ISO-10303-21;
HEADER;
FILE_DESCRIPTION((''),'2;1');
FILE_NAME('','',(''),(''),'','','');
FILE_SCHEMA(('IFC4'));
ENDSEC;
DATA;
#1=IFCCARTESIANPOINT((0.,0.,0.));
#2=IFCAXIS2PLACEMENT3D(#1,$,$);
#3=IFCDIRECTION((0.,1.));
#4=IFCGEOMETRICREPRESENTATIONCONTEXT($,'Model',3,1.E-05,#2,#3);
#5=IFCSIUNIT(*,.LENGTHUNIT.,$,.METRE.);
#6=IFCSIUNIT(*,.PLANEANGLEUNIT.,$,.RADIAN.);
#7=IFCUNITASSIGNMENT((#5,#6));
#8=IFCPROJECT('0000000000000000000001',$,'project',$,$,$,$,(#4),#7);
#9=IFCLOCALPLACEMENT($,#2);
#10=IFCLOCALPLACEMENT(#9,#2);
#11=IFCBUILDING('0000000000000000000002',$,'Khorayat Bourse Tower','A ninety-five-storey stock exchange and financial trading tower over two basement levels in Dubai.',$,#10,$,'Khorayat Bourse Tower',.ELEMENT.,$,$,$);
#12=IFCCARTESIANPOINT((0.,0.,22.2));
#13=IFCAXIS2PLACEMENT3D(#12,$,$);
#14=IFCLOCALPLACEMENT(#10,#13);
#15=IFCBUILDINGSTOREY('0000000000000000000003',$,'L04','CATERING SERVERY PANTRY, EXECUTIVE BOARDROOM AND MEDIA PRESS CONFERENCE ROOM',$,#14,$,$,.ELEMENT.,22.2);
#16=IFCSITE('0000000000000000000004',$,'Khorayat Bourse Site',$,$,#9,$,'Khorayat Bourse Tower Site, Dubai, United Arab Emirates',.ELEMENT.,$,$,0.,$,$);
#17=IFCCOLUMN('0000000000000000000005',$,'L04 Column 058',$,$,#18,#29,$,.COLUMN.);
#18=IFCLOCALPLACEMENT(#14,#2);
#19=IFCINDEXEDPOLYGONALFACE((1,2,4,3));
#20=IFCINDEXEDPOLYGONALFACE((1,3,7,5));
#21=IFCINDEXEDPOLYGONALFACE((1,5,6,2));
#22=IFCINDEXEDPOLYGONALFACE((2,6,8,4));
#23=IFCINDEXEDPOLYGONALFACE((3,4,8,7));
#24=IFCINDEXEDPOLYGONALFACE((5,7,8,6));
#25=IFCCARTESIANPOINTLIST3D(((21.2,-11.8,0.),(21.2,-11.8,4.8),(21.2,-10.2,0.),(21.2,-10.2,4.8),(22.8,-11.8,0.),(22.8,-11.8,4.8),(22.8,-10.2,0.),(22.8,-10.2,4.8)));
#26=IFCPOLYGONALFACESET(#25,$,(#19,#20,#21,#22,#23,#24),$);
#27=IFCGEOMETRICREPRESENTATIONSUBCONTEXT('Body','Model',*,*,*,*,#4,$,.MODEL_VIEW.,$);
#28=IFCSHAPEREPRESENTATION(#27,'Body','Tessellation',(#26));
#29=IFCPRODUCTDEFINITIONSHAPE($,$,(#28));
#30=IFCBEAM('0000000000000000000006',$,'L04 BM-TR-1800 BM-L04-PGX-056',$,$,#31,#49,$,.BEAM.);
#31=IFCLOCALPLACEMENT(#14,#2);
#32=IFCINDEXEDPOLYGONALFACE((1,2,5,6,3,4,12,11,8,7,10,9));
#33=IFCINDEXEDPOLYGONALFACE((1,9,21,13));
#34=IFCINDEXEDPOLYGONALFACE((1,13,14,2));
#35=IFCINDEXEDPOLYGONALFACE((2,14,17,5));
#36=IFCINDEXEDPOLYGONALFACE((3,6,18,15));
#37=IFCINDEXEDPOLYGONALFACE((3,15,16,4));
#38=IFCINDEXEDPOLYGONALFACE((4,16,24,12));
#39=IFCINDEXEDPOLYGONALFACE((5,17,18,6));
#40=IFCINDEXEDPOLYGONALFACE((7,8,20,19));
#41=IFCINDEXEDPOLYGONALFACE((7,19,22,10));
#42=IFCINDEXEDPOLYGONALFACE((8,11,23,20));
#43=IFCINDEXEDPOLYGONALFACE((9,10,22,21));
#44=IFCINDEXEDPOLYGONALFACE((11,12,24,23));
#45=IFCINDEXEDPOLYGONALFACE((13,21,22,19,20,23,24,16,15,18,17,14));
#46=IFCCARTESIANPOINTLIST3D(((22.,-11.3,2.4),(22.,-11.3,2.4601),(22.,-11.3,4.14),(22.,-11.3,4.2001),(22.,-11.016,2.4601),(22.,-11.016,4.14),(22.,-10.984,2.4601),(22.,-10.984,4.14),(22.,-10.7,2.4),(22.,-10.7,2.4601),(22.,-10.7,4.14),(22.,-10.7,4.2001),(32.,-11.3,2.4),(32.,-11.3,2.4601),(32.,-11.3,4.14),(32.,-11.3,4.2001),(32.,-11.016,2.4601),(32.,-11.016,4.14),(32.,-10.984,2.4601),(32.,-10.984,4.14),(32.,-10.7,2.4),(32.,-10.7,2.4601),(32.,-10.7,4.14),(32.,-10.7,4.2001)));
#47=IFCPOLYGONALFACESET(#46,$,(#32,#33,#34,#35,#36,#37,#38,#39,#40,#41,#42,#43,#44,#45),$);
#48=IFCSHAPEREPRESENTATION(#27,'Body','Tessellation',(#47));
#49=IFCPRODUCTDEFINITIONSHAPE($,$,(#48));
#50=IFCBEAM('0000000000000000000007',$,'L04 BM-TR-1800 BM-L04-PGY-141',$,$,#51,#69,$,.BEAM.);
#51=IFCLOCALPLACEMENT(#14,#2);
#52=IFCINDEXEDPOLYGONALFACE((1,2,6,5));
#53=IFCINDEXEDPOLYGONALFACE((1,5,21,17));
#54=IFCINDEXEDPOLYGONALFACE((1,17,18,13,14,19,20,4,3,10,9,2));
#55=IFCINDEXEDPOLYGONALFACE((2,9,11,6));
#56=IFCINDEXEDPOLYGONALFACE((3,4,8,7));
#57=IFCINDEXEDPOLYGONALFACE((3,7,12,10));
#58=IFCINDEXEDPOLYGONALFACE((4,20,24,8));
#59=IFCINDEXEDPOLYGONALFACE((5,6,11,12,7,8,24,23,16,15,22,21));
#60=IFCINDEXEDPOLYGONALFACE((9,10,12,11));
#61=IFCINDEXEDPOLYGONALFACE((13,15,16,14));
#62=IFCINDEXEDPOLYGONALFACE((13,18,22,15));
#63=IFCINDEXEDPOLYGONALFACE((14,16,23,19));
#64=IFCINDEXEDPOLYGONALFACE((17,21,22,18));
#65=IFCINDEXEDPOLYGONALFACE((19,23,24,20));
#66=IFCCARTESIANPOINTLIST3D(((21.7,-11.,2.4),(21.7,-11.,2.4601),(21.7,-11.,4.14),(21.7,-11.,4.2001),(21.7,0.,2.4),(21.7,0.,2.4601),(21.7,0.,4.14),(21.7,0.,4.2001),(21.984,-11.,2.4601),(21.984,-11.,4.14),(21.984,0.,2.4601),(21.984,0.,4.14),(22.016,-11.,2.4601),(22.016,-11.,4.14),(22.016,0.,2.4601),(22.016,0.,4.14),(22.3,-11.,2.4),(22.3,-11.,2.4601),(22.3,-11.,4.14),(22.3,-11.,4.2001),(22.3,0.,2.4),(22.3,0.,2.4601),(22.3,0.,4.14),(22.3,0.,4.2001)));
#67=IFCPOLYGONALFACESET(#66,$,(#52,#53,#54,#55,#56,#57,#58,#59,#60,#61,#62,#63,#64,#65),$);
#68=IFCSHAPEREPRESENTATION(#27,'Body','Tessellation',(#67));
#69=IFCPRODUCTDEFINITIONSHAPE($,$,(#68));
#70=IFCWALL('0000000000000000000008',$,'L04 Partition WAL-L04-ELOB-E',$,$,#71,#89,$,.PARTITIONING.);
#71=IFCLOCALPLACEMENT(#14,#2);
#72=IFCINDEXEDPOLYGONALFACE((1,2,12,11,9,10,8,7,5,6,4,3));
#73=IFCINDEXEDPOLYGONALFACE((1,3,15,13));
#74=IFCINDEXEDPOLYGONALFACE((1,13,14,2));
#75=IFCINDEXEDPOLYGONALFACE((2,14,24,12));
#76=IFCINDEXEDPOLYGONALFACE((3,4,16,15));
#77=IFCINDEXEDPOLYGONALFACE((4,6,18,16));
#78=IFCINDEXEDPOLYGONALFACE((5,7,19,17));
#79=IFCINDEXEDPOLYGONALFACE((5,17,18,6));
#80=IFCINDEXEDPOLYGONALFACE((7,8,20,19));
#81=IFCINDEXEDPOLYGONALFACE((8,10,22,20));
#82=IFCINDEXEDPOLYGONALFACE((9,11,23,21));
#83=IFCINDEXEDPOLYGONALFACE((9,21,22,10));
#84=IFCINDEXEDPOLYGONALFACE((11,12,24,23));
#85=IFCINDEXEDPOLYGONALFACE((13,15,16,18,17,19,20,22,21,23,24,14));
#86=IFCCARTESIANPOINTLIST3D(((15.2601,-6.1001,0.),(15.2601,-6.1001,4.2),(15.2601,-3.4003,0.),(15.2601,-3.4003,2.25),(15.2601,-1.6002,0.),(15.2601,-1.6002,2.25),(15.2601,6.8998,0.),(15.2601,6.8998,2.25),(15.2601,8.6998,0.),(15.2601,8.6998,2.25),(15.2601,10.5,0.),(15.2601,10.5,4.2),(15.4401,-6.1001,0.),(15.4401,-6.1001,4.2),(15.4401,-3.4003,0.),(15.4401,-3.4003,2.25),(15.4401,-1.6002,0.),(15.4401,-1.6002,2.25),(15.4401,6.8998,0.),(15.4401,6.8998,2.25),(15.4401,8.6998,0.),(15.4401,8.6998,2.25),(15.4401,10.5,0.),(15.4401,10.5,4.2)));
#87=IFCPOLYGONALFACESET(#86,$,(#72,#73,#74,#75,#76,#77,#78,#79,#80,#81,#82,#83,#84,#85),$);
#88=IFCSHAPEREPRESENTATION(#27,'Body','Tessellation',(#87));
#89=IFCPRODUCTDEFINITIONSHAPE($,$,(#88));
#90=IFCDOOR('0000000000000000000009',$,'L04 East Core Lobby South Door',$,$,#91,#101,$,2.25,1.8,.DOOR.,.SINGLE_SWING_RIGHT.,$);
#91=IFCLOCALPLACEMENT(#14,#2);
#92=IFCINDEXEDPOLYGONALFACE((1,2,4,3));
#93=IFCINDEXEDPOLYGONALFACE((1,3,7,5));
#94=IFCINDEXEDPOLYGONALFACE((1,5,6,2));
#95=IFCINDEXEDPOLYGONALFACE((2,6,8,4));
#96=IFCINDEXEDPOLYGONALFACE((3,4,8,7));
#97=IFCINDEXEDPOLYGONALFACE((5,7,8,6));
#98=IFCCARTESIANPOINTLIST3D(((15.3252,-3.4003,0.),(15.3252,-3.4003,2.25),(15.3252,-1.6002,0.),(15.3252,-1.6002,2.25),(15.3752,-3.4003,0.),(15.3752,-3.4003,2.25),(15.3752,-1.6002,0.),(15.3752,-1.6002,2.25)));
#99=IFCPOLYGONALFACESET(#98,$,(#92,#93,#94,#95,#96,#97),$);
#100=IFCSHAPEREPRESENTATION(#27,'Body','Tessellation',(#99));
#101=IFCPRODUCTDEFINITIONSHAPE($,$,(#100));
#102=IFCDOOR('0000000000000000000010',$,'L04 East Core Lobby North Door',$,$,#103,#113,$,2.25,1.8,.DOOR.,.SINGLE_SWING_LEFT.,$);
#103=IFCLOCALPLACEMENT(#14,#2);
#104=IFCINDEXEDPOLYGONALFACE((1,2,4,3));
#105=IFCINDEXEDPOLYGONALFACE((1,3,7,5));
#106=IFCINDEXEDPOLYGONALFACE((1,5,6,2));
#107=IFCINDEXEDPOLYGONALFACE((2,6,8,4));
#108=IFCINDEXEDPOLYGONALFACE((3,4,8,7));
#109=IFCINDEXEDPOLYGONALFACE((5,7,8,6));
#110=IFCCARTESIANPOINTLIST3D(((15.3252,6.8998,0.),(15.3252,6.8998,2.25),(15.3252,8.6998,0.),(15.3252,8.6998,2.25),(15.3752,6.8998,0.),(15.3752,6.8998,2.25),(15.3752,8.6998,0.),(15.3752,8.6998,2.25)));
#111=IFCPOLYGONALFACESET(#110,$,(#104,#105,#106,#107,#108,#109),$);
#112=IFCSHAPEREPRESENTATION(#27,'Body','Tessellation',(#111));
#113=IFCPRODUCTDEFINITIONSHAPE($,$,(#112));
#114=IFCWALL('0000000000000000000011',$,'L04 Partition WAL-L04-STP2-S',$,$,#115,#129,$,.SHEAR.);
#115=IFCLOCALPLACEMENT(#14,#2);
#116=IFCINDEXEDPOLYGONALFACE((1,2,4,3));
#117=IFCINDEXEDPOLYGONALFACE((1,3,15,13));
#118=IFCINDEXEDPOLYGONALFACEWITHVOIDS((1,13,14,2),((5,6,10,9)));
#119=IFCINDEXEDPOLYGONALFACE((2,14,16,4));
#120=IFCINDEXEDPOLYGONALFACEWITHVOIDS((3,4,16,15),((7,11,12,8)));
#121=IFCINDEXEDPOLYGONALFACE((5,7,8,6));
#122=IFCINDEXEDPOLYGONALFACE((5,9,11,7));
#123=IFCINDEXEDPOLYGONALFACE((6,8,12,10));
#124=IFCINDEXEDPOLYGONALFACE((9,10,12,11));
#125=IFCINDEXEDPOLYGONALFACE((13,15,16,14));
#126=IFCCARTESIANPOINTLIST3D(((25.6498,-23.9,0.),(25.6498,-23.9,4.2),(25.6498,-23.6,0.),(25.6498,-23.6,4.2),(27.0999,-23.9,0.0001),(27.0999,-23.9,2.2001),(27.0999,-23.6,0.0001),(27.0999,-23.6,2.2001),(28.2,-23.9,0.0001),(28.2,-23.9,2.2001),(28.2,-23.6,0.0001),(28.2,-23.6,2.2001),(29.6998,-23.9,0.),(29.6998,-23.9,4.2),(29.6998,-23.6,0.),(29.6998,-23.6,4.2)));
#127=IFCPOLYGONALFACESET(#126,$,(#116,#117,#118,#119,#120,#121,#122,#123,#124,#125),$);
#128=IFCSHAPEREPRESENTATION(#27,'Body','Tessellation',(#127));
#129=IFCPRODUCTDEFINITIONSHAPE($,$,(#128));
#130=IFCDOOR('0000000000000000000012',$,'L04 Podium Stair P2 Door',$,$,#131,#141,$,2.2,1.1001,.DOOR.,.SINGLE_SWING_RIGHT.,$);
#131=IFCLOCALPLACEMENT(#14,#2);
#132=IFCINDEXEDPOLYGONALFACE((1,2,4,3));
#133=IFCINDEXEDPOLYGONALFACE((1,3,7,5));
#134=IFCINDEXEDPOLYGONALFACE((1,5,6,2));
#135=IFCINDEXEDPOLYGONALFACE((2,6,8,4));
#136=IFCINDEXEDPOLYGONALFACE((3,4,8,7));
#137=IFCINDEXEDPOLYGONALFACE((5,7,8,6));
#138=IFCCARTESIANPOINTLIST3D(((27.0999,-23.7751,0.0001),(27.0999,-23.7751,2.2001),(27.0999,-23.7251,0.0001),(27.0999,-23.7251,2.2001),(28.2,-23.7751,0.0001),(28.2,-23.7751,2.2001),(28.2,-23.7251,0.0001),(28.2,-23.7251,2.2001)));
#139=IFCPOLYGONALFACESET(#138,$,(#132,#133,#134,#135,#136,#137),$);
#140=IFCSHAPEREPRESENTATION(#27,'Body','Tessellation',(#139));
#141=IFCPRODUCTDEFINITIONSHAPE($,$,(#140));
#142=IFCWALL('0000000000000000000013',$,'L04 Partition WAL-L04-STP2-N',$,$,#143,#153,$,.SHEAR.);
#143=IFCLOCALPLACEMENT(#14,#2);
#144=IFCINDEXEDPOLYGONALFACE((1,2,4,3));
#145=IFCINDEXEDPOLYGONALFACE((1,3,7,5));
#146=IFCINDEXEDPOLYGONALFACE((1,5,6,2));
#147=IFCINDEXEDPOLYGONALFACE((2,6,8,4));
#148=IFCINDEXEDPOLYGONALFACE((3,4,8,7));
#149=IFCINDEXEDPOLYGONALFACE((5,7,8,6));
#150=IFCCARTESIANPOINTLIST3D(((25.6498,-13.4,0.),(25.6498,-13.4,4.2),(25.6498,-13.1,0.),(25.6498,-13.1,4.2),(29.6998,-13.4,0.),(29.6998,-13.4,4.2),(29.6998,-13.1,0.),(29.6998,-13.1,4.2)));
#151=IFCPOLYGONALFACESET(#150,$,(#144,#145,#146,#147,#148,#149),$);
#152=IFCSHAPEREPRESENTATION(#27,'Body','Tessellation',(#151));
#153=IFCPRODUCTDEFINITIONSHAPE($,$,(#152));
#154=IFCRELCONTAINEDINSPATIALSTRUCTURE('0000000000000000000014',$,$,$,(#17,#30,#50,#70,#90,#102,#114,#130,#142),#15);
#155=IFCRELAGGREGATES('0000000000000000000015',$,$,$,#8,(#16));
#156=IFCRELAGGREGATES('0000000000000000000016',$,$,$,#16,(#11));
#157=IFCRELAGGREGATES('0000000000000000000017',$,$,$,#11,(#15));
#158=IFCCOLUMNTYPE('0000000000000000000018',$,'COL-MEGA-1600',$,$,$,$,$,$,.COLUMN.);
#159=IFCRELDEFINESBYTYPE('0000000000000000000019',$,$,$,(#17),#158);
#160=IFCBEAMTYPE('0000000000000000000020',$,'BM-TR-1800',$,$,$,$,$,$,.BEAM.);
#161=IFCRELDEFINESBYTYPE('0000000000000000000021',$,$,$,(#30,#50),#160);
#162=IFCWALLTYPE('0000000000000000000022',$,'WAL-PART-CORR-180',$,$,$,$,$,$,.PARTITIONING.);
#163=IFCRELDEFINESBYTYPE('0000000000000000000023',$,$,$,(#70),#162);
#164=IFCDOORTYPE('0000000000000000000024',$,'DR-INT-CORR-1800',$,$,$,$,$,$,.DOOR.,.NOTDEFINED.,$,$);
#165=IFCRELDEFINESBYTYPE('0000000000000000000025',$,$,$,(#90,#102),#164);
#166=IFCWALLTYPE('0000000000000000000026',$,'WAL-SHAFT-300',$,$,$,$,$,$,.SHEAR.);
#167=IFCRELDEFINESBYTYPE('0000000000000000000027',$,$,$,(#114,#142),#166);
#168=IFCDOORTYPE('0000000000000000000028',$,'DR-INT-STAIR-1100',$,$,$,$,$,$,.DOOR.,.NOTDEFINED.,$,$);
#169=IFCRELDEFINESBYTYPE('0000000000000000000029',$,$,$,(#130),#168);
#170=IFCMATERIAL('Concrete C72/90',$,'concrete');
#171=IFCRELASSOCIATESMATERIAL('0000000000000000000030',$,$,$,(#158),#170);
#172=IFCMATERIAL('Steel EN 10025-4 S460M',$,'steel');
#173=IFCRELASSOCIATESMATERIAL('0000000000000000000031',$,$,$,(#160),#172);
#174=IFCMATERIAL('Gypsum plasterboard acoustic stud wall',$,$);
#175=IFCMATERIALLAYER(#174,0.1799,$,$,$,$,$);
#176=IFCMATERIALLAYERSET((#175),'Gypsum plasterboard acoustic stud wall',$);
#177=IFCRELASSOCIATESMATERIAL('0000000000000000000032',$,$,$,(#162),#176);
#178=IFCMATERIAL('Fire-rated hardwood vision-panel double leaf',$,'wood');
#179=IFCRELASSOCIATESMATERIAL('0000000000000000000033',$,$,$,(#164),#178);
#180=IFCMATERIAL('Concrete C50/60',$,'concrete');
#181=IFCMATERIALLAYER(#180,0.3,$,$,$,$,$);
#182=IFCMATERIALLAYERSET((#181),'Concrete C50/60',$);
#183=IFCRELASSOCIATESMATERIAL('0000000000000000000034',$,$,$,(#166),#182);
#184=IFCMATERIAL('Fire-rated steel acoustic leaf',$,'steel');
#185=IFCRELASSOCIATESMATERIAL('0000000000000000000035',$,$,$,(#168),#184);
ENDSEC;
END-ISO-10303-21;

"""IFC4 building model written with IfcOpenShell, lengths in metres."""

from ifc_helpers import new_model, si_unit, direction, frame, frame_2d, origin, origin_2d, place, context, subcontext, project, spatial, rectangle, i_section, extrude, source, transform, mapped, material, layer, layer_set, material_profile, profile_set, type_object, element, fill, save


model = new_model("IFC4")

# Units and contexts
model_context = context("Model", 3, precision=1e-05, world=origin(), true_north=direction((0.0, 1.0)))
body_context = subcontext(model_context, "Body", "Model", "MODEL_VIEW")
ifc_project = project(units=[si_unit("LENGTHUNIT", "METRE"), si_unit("PLANEANGLEUNIT", "RADIAN")], contexts=[model_context])

# Site, building, storey
site_placement = place(None, origin())
site = spatial("IfcSite", under=ifc_project, at=site_placement, Name="Khorayat Bourse Site", LongName="Khorayat Bourse Tower Site, Dubai, United Arab Emirates", CompositionType="ELEMENT", RefElevation=0.0)
building_placement = place(site_placement, origin())
building = spatial("IfcBuilding", under=site, at=building_placement, Name="Khorayat Bourse Tower", Description="A ninety-five-storey stock exchange and financial trading tower over two basement levels in Dubai.", LongName="Khorayat Bourse Tower", CompositionType="ELEMENT")
storey_placement = place(building_placement, frame((0.0, 0.0, 22.2)))
storey = spatial("IfcBuildingStorey", under=building, at=storey_placement, Name="L04", Description="CATERING SERVERY PANTRY, EXECUTIVE BOARDROOM AND MEDIA PRESS CONFERENCE ROOM", CompositionType="ELEMENT", Elevation=22.2)

# Column
ifc_material_1 = material(Name="Concrete C72/90", Category="concrete")
ifc_material_profile_1 = material_profile(ifc_material_1, rectangle(XDim=1.6001, YDim=1.6001, at=origin_2d()), Name="RC 1600x1600")
ifc_profile_set_1 = profile_set([ifc_material_profile_1], Name="Concrete C72/90")
column_type = type_object("IfcColumnType", Name="COL-MEGA-1600", PredefinedType="COLUMN", material=ifc_profile_set_1)
shared_shape_1 = source(origin(), body_context, "Body", "SweptSolid", [
    extrude(rectangle(XDim=1.6001, YDim=1.6001, at=origin_2d()), origin(), (0.0, 0.0, 1.0), 4.8),
])
column_placement = place(storey_placement, frame((22.0, -11.0, 0.0), z_axis=(0.0, 0.0, 1.0), x_axis=(1.0, 0.0, 0.0)))
element("IfcColumn", 1, at=column_placement, inside=storey, type_object=column_type, Name="L04 Column 058", PredefinedType="COLUMN", context=body_context, shape_type="MappedRepresentation", body=[
    mapped(shared_shape_1, transform((0.0, 0.0, 0.0), scale=1.0)),
])

# Beams
ifc_material_2 = material(Name="Steel EN 10025-4 S460M", Category="steel")
ifc_material_profile_2 = material_profile(ifc_material_2, i_section(OverallWidth=0.6001, OverallDepth=1.8, WebThickness=0.032, FlangeThickness=0.0601, at=origin_2d()), Name="PG 1800x600x32x60")
ifc_profile_set_2 = profile_set([ifc_material_profile_2], Name="Steel EN 10025-4 S460M")
beam_type = type_object("IfcBeamType", Name="BM-TR-1800", PredefinedType="BEAM", material=ifc_profile_set_2)
shared_shape_2 = source(origin(), body_context, "Body", "SweptSolid", [
    extrude(i_section(OverallWidth=0.6001, OverallDepth=1.8, WebThickness=0.032, FlangeThickness=0.0601, at=origin_2d()), origin(), (0.0, 0.0, 1.0), 10.0),
])
beam_1_placement = place(storey_placement, frame((22.0, -11.0, 3.3), z_axis=(1.0, 0.0, 0.0), x_axis=(0.0, 1.0, 0.0)))
element("IfcBeam", 2, at=beam_1_placement, inside=storey, type_object=beam_type, Name="L04 BM-TR-1800 BM-L04-PGX-056", PredefinedType="BEAM", context=body_context, shape_type="MappedRepresentation", body=[
    mapped(shared_shape_2, transform((0.0, 0.0, 0.0), scale=1.0)),
])
shared_shape_3 = source(origin(), body_context, "Body", "SweptSolid", [
    extrude(i_section(OverallWidth=0.6001, OverallDepth=1.8, WebThickness=0.032, FlangeThickness=0.0601, at=origin_2d()), origin(), (0.0, 0.0, 1.0), 11.0),
])
beam_2_placement = place(storey_placement, frame((22.0, -11.0, 3.3), z_axis=(0.0, 1.0, 0.0), x_axis=(-1.0, 0.0, 0.0)))
element("IfcBeam", 3, at=beam_2_placement, inside=storey, type_object=beam_type, Name="L04 BM-TR-1800 BM-L04-PGY-141", PredefinedType="BEAM", context=body_context, shape_type="MappedRepresentation", body=[
    mapped(shared_shape_3, transform((0.0, 0.0, 0.0), scale=1.0)),
])

# Wall, openings, doors
ifc_material_3 = material(Name="Gypsum plasterboard acoustic stud wall")
ifc_layer_1 = layer(ifc_material_3, 0.1799)
ifc_layer_set_1 = layer_set([ifc_layer_1], Name="Gypsum plasterboard acoustic stud wall")
wall_type_1 = type_object("IfcWallType", Name="WAL-PART-CORR-180", PredefinedType="PARTITIONING", material=ifc_layer_set_1)
shared_shape_4 = source(origin(), body_context, "Body", "SweptSolid", [
    extrude(rectangle(XDim=16.6001, YDim=0.1799, at=frame_2d((8.3, 0.0))), origin(), (0.0, 0.0, 1.0), 4.2),
])
wall_1_placement = place(storey_placement, frame((15.3501, -6.1001, 0.0), z_axis=(0.0, 0.0, 1.0), x_axis=(0.0, 1.0, 0.0)))
wall_1 = element("IfcWall", 4, at=wall_1_placement, inside=storey, type_object=wall_type_1, Name="L04 Partition WAL-L04-ELOB-E", PredefinedType="PARTITIONING", context=body_context, shape_type="MappedRepresentation", body=[
    mapped(shared_shape_4, transform((0.0, 0.0, 0.0), scale=1.0)),
])
shared_shape_5 = source(origin(), body_context, "Body", "SweptSolid", [
    extrude(rectangle(XDim=1.8, YDim=2.25, at=frame_2d((0.8999, 1.125))), frame((0.0, 0.0999, 0.0), z_axis=(0.0, -1.0, 0.0), x_axis=(1.0, 0.0, 0.0)), (0.0, 0.0, 1.0), 0.2),
])
opening_1_placement = place(wall_1_placement, frame((2.7, 0.0, 0.0)))
opening_1 = element("IfcOpeningElement", 5, at=opening_1_placement, cuts=wall_1, PredefinedType="OPENING", context=body_context, shape_type="MappedRepresentation", body=[
    mapped(shared_shape_5, transform((0.0, 0.0, 0.0), scale=1.0)),
])
opening_2_placement = place(wall_1_placement, frame((13.0, 0.0, 0.0)))
opening_2 = element("IfcOpeningElement", 6, at=opening_2_placement, cuts=wall_1, PredefinedType="OPENING", context=body_context, shape_type="MappedRepresentation", body=[
    mapped(shared_shape_5, transform((0.0, 0.0, 0.0), scale=1.0)),
])
ifc_material_4 = material(Name="Fire-rated hardwood vision-panel double leaf", Category="wood")
door_type_1 = type_object("IfcDoorType", Name="DR-INT-CORR-1800", OperationType="NOTDEFINED", PredefinedType="DOOR", material=ifc_material_4)
shared_shape_6 = source(origin(), body_context, "Body", "SweptSolid", [
    extrude(rectangle(XDim=1.8, YDim=2.25, at=frame_2d((0.8999, 1.125))), frame((0.0, 0.0249, 0.0), z_axis=(0.0, -1.0, 0.0), x_axis=(1.0, 0.0, 0.0)), (0.0, 0.0, 1.0), 0.05),
])
door_1_placement = place(opening_1_placement, origin())
door_1 = element("IfcDoor", 7, at=door_1_placement, inside=storey, type_object=door_type_1, Name="L04 East Core Lobby South Door", OperationType="SINGLE_SWING_RIGHT", OverallHeight=2.25, OverallWidth=1.8, PredefinedType="DOOR", context=body_context, shape_type="MappedRepresentation", body=[
    mapped(shared_shape_6, transform((0.0, 0.0, 0.0), scale=1.0)),
])
fill(opening_1, door_1)
door_2_placement = place(opening_2_placement, origin())
door_2 = element("IfcDoor", 8, at=door_2_placement, inside=storey, type_object=door_type_1, Name="L04 East Core Lobby North Door", OperationType="SINGLE_SWING_LEFT", OverallHeight=2.25, OverallWidth=1.8, PredefinedType="DOOR", context=body_context, shape_type="MappedRepresentation", body=[
    mapped(shared_shape_6, transform((0.0, 0.0, 0.0), scale=1.0)),
])
fill(opening_2, door_2)

# Wall, opening, door
ifc_material_5 = material(Name="Concrete C50/60", Category="concrete")
ifc_layer_2 = layer(ifc_material_5, 0.3)
ifc_layer_set_2 = layer_set([ifc_layer_2], Name="Concrete C50/60")
wall_type_2 = type_object("IfcWallType", Name="WAL-SHAFT-300", PredefinedType="SHEAR", material=ifc_layer_set_2)
shared_shape_7 = source(origin(), body_context, "Body", "SweptSolid", [
    extrude(rectangle(XDim=4.05, YDim=0.3, at=frame_2d((2.0249, 0.0))), origin(), (0.0, 0.0, 1.0), 4.2),
])
wall_2_placement = place(storey_placement, frame((25.6499, -23.75, 0.0), z_axis=(0.0, 0.0, 1.0), x_axis=(1.0, 0.0, 0.0)))
wall_2 = element("IfcWall", 9, at=wall_2_placement, inside=storey, type_object=wall_type_2, Name="L04 Partition WAL-L04-STP2-S", PredefinedType="SHEAR", context=body_context, shape_type="MappedRepresentation", body=[
    mapped(shared_shape_7, transform((0.0, 0.0, 0.0), scale=1.0)),
])
shared_shape_8 = source(origin(), body_context, "Body", "SweptSolid", [
    extrude(rectangle(XDim=1.1001, YDim=2.2, at=frame_2d((0.55, 1.1001))), frame((0.0, 0.1599, 0.0), z_axis=(0.0, -1.0, 0.0), x_axis=(1.0, 0.0, 0.0)), (0.0, 0.0, 1.0), 0.3201),
])
opening_3_placement = place(wall_2_placement, frame((1.45, 0.0, 0.0)))
opening_3 = element("IfcOpeningElement", 10, at=opening_3_placement, cuts=wall_2, PredefinedType="OPENING", context=body_context, shape_type="MappedRepresentation", body=[
    mapped(shared_shape_8, transform((0.0, 0.0, 0.0), scale=1.0)),
])
ifc_material_6 = material(Name="Fire-rated steel acoustic leaf", Category="steel")
door_type_2 = type_object("IfcDoorType", Name="DR-INT-STAIR-1100", OperationType="NOTDEFINED", PredefinedType="DOOR", material=ifc_material_6)
shared_shape_9 = source(origin(), body_context, "Body", "SweptSolid", [
    extrude(rectangle(XDim=1.1001, YDim=2.2, at=frame_2d((0.55, 1.1001))), frame((0.0, 0.0249, 0.0), z_axis=(0.0, -1.0, 0.0), x_axis=(1.0, 0.0, 0.0)), (0.0, 0.0, 1.0), 0.05),
])
door_3_placement = place(opening_3_placement, origin())
door_3 = element("IfcDoor", 11, at=door_3_placement, inside=storey, type_object=door_type_2, Name="L04 Podium Stair P2 Door", OperationType="SINGLE_SWING_RIGHT", OverallHeight=2.2, OverallWidth=1.1001, PredefinedType="DOOR", context=body_context, shape_type="MappedRepresentation", body=[
    mapped(shared_shape_9, transform((0.0, 0.0, 0.0), scale=1.0)),
])
fill(opening_3, door_3)

# Wall
wall_3_placement = place(storey_placement, frame((25.6499, -13.25, 0.0), z_axis=(0.0, 0.0, 1.0), x_axis=(1.0, 0.0, 0.0)))
element("IfcWall", 12, at=wall_3_placement, inside=storey, type_object=wall_type_2, Name="L04 Partition WAL-L04-STP2-N", PredefinedType="SHEAR", context=body_context, shape_type="MappedRepresentation", body=[
    mapped(shared_shape_7, transform((0.0, 0.0, 0.0), scale=1.0)),
])

save(model, "model.ifc")
